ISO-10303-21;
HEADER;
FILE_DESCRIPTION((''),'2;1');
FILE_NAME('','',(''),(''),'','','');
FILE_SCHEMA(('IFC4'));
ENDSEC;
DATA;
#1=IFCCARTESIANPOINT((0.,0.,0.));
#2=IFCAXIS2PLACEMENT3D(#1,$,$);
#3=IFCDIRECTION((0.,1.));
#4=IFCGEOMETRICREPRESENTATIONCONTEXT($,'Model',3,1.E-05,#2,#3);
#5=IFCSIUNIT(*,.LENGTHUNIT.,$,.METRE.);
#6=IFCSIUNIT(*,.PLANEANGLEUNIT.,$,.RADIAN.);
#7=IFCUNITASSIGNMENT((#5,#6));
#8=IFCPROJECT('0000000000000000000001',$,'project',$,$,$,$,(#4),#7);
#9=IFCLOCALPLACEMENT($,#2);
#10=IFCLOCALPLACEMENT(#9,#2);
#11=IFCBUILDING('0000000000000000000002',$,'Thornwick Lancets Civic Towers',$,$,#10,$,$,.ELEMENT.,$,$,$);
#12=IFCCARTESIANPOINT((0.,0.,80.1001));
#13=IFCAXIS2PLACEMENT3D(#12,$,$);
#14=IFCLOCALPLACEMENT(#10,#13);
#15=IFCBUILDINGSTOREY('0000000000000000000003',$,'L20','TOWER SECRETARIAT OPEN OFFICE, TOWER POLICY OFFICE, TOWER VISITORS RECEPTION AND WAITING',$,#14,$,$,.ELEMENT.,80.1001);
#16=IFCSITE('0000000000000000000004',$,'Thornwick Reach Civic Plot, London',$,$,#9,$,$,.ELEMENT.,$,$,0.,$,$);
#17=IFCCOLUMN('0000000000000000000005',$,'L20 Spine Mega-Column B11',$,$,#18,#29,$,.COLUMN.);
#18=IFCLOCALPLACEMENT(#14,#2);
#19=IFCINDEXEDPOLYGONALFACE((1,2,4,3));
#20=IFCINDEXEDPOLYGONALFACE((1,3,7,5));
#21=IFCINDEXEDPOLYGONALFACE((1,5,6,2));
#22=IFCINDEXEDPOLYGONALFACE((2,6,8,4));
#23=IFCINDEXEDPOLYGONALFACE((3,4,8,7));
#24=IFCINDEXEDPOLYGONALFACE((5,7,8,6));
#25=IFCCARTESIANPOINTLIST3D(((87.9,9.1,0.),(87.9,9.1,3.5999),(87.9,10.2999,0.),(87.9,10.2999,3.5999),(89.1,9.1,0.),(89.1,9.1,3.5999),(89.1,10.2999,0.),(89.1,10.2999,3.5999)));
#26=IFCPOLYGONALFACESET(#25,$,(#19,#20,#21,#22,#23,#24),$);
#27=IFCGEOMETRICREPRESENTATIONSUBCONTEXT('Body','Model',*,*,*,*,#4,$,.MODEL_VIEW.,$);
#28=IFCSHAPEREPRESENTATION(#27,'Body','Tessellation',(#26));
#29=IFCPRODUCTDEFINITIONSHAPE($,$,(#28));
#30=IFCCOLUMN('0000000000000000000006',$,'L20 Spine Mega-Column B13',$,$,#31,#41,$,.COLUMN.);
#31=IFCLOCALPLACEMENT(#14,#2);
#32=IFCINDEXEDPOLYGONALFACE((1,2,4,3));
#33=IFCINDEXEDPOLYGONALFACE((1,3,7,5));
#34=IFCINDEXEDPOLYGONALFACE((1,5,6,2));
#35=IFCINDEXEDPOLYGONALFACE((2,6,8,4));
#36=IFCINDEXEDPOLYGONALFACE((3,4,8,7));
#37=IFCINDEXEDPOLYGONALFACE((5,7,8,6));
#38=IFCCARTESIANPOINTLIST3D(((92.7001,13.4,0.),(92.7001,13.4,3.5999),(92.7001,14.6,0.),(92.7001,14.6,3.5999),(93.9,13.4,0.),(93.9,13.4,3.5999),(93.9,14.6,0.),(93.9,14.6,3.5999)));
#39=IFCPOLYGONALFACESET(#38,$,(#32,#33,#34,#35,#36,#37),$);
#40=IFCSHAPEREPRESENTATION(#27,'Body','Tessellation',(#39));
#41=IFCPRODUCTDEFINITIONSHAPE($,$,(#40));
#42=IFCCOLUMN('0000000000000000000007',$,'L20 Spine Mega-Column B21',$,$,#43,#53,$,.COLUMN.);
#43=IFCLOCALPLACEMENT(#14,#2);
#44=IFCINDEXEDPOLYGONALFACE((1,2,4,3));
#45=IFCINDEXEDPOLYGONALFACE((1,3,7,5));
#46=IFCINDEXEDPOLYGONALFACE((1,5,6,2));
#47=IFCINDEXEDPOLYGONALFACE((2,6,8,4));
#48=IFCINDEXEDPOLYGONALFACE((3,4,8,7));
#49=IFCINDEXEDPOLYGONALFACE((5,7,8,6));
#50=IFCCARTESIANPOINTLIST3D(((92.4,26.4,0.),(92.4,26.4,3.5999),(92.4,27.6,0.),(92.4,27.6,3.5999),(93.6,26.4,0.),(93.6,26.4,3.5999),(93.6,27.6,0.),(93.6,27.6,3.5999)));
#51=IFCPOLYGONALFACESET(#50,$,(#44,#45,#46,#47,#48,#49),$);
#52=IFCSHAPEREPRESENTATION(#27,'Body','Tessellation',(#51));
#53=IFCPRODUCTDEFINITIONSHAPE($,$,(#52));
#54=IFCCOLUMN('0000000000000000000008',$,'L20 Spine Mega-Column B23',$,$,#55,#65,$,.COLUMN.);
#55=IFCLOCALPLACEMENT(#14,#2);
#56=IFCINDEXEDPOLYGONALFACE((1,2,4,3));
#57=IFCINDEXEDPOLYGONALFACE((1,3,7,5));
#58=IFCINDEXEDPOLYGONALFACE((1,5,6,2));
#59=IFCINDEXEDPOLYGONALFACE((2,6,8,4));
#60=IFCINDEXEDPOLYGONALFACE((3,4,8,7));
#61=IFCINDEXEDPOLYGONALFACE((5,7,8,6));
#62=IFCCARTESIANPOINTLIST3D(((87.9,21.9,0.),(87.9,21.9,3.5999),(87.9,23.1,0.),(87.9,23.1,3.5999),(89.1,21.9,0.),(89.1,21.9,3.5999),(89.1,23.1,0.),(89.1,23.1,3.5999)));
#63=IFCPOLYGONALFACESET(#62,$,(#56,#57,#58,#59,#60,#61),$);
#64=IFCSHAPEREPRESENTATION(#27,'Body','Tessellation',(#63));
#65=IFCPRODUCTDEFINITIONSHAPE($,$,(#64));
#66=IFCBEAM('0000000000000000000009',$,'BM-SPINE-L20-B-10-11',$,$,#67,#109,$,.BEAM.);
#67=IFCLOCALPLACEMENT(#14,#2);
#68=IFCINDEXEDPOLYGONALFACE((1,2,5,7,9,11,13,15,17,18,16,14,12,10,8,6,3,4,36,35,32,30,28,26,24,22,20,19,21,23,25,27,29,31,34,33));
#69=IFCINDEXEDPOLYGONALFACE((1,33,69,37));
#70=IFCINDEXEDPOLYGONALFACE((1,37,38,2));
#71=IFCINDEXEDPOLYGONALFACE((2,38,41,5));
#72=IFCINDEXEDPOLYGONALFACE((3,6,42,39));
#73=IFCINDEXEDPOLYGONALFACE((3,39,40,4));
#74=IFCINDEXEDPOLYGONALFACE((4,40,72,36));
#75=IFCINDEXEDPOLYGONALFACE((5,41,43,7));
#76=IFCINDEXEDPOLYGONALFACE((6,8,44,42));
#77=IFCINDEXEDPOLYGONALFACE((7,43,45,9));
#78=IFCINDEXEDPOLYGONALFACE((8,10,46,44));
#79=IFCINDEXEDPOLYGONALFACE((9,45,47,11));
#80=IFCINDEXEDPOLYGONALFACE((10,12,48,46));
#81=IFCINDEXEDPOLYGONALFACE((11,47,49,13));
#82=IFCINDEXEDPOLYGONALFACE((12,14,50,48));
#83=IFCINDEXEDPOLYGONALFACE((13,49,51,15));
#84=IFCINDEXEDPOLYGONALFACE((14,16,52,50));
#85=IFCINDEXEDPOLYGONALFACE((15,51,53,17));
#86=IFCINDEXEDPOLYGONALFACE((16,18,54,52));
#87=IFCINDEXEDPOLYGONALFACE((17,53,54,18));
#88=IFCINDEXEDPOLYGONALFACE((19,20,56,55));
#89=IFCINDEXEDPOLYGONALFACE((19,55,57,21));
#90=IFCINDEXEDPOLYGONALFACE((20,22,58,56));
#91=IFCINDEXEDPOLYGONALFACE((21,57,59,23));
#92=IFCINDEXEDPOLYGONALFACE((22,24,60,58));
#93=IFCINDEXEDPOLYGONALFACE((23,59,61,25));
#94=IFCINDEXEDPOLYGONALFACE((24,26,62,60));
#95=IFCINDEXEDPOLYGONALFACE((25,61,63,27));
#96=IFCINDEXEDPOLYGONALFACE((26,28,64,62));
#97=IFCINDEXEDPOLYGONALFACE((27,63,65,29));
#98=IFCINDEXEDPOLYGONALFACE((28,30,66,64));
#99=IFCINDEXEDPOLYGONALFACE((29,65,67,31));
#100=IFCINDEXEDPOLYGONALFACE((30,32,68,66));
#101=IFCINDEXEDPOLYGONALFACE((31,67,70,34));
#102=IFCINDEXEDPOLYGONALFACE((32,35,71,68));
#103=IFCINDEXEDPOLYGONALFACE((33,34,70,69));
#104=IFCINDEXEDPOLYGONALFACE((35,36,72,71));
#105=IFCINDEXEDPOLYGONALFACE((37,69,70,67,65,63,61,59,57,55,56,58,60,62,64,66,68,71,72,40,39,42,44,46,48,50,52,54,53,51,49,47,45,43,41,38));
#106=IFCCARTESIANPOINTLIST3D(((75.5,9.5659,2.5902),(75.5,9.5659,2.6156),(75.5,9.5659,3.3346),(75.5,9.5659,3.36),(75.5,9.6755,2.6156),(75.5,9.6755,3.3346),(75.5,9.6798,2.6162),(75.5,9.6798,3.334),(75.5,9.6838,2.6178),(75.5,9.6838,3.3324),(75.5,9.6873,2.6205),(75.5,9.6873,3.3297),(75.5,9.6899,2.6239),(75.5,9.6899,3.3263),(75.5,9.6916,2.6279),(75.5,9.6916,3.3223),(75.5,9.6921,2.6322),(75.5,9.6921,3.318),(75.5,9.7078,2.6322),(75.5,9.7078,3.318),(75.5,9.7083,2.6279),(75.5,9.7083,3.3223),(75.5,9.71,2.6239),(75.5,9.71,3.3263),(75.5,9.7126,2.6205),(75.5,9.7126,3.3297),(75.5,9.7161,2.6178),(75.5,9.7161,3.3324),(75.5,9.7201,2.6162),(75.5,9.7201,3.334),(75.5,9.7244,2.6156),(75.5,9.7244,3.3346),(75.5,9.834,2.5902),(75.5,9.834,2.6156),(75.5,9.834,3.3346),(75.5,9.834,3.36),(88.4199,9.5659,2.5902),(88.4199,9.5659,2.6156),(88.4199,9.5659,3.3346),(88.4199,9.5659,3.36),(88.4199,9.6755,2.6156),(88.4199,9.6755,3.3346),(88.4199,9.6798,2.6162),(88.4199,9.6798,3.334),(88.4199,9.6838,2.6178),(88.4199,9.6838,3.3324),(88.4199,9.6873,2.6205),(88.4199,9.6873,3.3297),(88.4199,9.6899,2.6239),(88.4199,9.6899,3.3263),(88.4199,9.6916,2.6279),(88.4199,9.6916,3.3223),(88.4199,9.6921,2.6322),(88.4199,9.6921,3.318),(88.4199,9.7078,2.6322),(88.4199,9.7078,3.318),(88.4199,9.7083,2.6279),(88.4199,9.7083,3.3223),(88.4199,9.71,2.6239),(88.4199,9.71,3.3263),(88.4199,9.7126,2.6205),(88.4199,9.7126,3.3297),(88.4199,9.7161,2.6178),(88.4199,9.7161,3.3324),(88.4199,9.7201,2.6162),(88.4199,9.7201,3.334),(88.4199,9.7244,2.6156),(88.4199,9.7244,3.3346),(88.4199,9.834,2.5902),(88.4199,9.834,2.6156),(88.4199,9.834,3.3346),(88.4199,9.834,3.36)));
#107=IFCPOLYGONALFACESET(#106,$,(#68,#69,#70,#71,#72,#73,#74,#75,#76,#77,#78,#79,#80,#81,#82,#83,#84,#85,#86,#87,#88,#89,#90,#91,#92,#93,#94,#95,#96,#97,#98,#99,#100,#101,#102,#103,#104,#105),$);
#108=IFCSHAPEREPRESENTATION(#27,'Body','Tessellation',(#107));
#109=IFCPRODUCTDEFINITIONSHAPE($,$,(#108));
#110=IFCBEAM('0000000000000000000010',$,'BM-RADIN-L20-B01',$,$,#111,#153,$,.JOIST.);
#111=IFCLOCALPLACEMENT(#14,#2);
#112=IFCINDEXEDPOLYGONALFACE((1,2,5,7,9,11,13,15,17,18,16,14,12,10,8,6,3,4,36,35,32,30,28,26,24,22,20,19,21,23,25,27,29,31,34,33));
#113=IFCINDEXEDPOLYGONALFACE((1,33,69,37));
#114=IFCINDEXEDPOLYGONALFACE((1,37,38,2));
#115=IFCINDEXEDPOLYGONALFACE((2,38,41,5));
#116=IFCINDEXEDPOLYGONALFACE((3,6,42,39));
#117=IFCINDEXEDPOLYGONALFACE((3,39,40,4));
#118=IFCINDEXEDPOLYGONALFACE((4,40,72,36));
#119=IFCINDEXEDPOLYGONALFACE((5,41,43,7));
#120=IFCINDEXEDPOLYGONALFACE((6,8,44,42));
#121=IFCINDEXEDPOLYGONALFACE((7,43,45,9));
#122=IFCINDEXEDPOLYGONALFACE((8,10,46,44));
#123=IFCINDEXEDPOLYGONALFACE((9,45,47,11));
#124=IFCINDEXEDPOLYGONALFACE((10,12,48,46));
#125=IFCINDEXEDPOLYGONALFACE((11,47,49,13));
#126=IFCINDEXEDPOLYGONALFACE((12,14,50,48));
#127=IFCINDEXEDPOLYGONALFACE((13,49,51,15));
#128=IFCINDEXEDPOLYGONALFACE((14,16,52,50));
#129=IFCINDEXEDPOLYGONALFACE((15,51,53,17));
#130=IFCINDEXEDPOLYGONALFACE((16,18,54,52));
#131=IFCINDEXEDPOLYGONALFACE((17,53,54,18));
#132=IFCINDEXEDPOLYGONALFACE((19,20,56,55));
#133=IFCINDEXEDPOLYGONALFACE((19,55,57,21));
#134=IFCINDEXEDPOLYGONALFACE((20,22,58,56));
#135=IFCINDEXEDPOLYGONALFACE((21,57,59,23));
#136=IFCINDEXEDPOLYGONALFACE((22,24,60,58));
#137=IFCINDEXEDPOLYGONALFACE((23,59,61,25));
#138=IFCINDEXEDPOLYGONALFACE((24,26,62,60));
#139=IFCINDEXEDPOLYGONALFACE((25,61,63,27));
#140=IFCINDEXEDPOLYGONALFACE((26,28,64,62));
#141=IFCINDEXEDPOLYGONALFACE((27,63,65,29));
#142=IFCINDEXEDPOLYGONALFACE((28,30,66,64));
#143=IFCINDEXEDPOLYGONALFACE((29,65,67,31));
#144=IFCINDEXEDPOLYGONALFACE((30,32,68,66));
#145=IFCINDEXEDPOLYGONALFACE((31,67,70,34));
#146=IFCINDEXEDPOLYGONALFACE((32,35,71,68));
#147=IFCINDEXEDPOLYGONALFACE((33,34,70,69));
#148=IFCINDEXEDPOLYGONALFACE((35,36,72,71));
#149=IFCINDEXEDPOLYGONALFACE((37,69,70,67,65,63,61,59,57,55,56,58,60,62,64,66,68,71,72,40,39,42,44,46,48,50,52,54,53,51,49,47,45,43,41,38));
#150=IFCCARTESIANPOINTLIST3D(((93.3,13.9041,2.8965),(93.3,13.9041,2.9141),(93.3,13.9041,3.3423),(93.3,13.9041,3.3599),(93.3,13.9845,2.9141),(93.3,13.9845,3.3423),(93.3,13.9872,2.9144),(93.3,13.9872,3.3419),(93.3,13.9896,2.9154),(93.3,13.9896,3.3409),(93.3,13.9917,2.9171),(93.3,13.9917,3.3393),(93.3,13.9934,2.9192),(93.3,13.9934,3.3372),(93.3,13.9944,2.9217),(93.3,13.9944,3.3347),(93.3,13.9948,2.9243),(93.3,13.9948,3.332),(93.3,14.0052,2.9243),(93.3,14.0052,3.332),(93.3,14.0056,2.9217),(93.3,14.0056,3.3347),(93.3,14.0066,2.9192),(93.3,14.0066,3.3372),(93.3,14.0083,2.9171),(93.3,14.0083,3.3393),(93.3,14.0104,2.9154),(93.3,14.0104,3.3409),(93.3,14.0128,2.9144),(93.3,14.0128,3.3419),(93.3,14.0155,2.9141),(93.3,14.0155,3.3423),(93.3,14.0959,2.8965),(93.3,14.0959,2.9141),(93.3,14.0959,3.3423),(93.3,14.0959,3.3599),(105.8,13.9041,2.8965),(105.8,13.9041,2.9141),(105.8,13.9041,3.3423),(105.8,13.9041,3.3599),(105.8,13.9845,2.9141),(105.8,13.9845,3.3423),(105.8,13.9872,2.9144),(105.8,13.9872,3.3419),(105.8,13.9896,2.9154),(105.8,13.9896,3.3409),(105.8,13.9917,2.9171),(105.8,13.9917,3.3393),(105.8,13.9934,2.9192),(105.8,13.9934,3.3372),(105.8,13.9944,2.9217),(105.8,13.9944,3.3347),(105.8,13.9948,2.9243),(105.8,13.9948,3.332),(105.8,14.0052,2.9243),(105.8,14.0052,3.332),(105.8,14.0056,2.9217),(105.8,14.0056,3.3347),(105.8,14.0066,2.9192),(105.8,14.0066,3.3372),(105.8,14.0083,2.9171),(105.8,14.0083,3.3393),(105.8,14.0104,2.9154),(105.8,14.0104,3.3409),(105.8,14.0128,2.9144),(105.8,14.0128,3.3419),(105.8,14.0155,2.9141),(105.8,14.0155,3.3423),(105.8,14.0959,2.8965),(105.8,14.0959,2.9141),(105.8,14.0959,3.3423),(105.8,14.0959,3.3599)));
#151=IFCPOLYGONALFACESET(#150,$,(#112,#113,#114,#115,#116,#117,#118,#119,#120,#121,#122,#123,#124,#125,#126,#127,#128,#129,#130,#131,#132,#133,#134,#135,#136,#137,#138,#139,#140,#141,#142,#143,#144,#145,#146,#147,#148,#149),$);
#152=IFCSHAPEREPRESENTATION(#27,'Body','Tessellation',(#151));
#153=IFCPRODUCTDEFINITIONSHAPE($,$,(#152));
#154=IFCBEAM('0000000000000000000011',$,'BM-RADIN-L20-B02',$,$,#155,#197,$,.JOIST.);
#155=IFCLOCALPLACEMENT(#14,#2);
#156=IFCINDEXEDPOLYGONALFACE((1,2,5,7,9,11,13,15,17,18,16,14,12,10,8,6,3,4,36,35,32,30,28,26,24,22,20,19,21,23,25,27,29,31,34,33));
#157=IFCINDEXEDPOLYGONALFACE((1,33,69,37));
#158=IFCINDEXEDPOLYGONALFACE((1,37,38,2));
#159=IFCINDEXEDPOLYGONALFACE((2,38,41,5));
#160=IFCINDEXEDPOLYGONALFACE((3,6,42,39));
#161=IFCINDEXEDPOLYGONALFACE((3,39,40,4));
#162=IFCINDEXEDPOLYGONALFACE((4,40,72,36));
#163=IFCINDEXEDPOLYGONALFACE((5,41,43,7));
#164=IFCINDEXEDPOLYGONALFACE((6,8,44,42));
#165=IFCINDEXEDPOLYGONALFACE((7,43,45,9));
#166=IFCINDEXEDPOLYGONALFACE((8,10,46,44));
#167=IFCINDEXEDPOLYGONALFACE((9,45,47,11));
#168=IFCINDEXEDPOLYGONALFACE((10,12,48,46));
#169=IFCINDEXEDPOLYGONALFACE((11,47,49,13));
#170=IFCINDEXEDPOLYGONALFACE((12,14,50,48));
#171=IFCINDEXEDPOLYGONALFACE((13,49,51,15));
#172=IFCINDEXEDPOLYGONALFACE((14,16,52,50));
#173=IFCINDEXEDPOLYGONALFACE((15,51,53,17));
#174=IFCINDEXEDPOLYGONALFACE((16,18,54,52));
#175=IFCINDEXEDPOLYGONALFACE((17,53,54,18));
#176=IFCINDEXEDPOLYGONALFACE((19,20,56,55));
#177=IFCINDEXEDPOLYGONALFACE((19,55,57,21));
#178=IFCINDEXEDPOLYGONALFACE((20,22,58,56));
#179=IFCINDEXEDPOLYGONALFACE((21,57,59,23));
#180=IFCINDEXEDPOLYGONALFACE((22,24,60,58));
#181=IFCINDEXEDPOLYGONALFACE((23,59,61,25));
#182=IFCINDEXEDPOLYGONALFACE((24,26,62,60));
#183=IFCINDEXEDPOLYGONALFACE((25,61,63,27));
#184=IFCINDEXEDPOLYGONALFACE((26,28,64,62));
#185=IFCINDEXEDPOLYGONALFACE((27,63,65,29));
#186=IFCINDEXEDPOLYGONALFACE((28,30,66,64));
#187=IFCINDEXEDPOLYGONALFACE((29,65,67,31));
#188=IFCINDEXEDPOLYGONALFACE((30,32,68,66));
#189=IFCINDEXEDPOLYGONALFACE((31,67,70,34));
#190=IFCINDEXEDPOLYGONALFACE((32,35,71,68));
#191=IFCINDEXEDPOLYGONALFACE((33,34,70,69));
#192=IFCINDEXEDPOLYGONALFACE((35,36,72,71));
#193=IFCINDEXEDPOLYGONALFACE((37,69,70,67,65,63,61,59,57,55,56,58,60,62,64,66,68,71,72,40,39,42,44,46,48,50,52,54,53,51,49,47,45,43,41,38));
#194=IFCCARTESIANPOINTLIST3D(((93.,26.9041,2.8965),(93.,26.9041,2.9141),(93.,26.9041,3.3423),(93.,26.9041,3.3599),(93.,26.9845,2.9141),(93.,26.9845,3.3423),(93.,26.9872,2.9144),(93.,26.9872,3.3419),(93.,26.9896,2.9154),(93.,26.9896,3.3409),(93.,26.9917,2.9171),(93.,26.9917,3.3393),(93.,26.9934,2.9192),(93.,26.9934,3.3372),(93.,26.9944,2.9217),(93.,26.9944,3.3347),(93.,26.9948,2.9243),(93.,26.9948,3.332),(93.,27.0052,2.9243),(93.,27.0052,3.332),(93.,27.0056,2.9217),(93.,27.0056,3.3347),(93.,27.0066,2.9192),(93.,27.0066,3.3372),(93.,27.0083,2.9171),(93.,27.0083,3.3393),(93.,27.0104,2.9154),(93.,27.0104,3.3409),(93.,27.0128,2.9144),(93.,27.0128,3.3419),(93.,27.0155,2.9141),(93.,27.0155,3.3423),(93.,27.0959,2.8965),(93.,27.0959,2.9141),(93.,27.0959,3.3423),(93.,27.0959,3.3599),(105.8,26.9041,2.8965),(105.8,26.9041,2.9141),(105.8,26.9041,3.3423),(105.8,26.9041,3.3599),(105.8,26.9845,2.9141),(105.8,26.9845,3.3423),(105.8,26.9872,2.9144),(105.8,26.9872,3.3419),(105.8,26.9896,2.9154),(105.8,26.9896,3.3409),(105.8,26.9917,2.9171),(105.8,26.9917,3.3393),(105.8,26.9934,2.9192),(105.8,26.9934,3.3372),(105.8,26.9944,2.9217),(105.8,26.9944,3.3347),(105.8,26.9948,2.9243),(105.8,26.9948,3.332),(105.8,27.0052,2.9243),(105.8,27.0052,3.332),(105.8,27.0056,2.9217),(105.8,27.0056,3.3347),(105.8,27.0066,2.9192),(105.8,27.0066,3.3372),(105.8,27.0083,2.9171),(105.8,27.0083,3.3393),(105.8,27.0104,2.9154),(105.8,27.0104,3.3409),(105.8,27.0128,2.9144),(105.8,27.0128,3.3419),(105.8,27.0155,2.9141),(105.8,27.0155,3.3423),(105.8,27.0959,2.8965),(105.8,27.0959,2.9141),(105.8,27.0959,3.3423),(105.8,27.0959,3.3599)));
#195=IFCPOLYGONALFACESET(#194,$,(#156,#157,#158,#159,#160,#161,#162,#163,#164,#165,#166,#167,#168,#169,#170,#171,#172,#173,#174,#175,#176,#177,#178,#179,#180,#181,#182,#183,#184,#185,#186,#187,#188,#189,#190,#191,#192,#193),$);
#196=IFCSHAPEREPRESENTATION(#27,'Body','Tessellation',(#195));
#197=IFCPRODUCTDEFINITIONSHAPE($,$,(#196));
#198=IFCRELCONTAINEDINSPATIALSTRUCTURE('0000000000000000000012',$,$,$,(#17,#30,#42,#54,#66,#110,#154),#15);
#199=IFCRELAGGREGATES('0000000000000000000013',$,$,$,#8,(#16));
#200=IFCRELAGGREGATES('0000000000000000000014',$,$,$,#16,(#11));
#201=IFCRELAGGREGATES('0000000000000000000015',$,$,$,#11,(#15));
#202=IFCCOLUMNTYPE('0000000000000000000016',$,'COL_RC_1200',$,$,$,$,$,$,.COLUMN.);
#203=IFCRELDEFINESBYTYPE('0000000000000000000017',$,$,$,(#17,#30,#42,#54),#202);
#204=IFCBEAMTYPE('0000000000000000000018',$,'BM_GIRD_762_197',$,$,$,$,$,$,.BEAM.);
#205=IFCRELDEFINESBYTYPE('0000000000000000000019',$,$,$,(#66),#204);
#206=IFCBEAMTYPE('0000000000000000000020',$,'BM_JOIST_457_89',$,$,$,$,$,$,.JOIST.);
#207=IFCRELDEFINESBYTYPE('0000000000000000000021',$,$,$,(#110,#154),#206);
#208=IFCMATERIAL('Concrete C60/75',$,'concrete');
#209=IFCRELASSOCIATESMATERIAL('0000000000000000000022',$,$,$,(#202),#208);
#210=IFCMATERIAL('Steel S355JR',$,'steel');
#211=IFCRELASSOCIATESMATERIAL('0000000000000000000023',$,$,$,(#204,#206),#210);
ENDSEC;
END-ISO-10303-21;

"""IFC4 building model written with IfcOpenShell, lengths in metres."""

from ifc_helpers import new_model, si_unit, direction, frame, origin, origin_2d, place, context, subcontext, project, spatial, rectangle, i_section, extrude, material, material_profile, profile_set, type_object, element, save


model = new_model("IFC4")

# Units and contexts
model_context = context("Model", 3, precision=1e-05, world=origin(), true_north=direction((0.0, 1.0)))
body_context = subcontext(model_context, "Body", "Model", "MODEL_VIEW")
ifc_project = project(units=[si_unit("LENGTHUNIT", "METRE"), si_unit("PLANEANGLEUNIT", "RADIAN")], contexts=[model_context])

# Site, building, storey
site_placement = place(None, origin())
site = spatial("IfcSite", under=ifc_project, at=site_placement, Name="Thornwick Reach Civic Plot, London", CompositionType="ELEMENT", RefElevation=0.0)
building_placement = place(site_placement, origin())
building = spatial("IfcBuilding", under=site, at=building_placement, Name="Thornwick Lancets Civic Towers", CompositionType="ELEMENT")
storey_placement = place(building_placement, frame((0.0, 0.0, 80.1001)))
storey = spatial("IfcBuildingStorey", under=building, at=storey_placement, Name="L20", Description="TOWER SECRETARIAT OPEN OFFICE, TOWER POLICY OFFICE, TOWER VISITORS RECEPTION AND WAITING", CompositionType="ELEMENT", Elevation=80.1001)

# Columns
ifc_material_1 = material(Name="Concrete C60/75", Category="concrete")
ifc_material_profile_1 = material_profile(ifc_material_1, rectangle(XDim=1.2, YDim=1.2, at=origin_2d()), Name="RC 1200x1200")
ifc_profile_set_1 = profile_set([ifc_material_profile_1], Name="Concrete C60/75")
column_type = type_object("IfcColumnType", Name="COL_RC_1200", PredefinedType="COLUMN", material=ifc_profile_set_1)
for number, where, z_axis, x_axis, name in (
    (1, (88.5, 9.7, 0.0), (0.0, 0.0, 1.0), (1.0, 0.0, 0.0), "L20 Spine Mega-Column B11"),
    (2, (93.3, 14.0, 0.0), (0.0, 0.0, 1.0), (1.0, 0.0, 0.0), "L20 Spine Mega-Column B13"),
    (3, (93.0, 27.0, 0.0), (0.0, 0.0, 1.0), (1.0, 0.0, 0.0), "L20 Spine Mega-Column B21"),
    (4, (88.5, 22.5, 0.0), (0.0, 0.0, 1.0), (1.0, 0.0, 0.0), "L20 Spine Mega-Column B23"),
):
    element("IfcColumn", number, at=place(storey_placement, frame(where, z_axis=z_axis, x_axis=x_axis)), inside=storey, type_object=column_type, Name=name, PredefinedType="COLUMN", context=body_context, shape_type="SweptSolid", body=[
        extrude(rectangle(XDim=1.2, YDim=1.2, at=origin_2d()), origin(), (0.0, 0.0, 1.0), 3.5999),
    ])

# Beams
ifc_material_2 = material(Name="Steel S355JR", Category="steel")
ifc_material_profile_2 = material_profile(ifc_material_2, i_section(OverallWidth=0.2681, OverallDepth=0.7698, WebThickness=0.0156, FlangeThickness=0.0254, FilletRadius=0.0166, at=origin_2d()), Name="UKB 762x267x197")
ifc_profile_set_2 = profile_set([ifc_material_profile_2], Name="Steel S355JR")
beam_type_1 = type_object("IfcBeamType", Name="BM_GIRD_762_197", PredefinedType="BEAM", material=ifc_profile_set_2)
beam_1_placement = place(storey_placement, frame((88.4199, 9.7, 2.9751), z_axis=(-1.0, 0.0, 0.0), x_axis=(0.0, -1.0, 0.0)))
element("IfcBeam", 5, at=beam_1_placement, inside=storey, type_object=beam_type_1, Name="BM-SPINE-L20-B-10-11", PredefinedType="BEAM", context=body_context, shape_type="SweptSolid", body=[
    extrude(i_section(OverallWidth=0.2681, OverallDepth=0.7698, WebThickness=0.0156, FlangeThickness=0.0254, FilletRadius=0.0166, at=origin_2d()), origin(), (0.0, 0.0, 1.0), 12.9199),
])
ifc_material_profile_3 = material_profile(ifc_material_2, i_section(OverallWidth=0.1919, OverallDepth=0.4634, WebThickness=0.0105, FlangeThickness=0.0176, FilletRadius=0.0103, at=origin_2d()), Name="UKB 457x191x89")
ifc_profile_set_3 = profile_set([ifc_material_profile_3], Name="Steel S355JR")
beam_type_2 = type_object("IfcBeamType", Name="BM_JOIST_457_89", PredefinedType="JOIST", material=ifc_profile_set_3)
beam_2_placement = place(storey_placement, frame((93.3, 14.0, 3.1282), z_axis=(1.0, 0.0, 0.0), x_axis=(0.0, 1.0, 0.0)))
element("IfcBeam", 6, at=beam_2_placement, inside=storey, type_object=beam_type_2, Name="BM-RADIN-L20-B01", PredefinedType="JOIST", context=body_context, shape_type="SweptSolid", body=[
    extrude(i_section(OverallWidth=0.1919, OverallDepth=0.4634, WebThickness=0.0105, FlangeThickness=0.0176, FilletRadius=0.0103, at=origin_2d()), origin(), (0.0, 0.0, 1.0), 12.5),
])
for number, where, z_axis, x_axis, name in (
    (7, (93.0, 27.0, 3.1282), (1.0, 0.0, 0.0), (0.0, 1.0, 0.0), "BM-RADIN-L20-B02"),
):
    element("IfcBeam", number, at=place(storey_placement, frame(where, z_axis=z_axis, x_axis=x_axis)), inside=storey, type_object=beam_type_2, Name=name, PredefinedType="JOIST", context=body_context, shape_type="SweptSolid", body=[
        extrude(i_section(OverallWidth=0.1919, OverallDepth=0.4634, WebThickness=0.0105, FlangeThickness=0.0176, FilletRadius=0.0103, at=origin_2d()), origin(), (0.0, 0.0, 1.0), 12.8),
    ])

save(model, "model.ifc")
